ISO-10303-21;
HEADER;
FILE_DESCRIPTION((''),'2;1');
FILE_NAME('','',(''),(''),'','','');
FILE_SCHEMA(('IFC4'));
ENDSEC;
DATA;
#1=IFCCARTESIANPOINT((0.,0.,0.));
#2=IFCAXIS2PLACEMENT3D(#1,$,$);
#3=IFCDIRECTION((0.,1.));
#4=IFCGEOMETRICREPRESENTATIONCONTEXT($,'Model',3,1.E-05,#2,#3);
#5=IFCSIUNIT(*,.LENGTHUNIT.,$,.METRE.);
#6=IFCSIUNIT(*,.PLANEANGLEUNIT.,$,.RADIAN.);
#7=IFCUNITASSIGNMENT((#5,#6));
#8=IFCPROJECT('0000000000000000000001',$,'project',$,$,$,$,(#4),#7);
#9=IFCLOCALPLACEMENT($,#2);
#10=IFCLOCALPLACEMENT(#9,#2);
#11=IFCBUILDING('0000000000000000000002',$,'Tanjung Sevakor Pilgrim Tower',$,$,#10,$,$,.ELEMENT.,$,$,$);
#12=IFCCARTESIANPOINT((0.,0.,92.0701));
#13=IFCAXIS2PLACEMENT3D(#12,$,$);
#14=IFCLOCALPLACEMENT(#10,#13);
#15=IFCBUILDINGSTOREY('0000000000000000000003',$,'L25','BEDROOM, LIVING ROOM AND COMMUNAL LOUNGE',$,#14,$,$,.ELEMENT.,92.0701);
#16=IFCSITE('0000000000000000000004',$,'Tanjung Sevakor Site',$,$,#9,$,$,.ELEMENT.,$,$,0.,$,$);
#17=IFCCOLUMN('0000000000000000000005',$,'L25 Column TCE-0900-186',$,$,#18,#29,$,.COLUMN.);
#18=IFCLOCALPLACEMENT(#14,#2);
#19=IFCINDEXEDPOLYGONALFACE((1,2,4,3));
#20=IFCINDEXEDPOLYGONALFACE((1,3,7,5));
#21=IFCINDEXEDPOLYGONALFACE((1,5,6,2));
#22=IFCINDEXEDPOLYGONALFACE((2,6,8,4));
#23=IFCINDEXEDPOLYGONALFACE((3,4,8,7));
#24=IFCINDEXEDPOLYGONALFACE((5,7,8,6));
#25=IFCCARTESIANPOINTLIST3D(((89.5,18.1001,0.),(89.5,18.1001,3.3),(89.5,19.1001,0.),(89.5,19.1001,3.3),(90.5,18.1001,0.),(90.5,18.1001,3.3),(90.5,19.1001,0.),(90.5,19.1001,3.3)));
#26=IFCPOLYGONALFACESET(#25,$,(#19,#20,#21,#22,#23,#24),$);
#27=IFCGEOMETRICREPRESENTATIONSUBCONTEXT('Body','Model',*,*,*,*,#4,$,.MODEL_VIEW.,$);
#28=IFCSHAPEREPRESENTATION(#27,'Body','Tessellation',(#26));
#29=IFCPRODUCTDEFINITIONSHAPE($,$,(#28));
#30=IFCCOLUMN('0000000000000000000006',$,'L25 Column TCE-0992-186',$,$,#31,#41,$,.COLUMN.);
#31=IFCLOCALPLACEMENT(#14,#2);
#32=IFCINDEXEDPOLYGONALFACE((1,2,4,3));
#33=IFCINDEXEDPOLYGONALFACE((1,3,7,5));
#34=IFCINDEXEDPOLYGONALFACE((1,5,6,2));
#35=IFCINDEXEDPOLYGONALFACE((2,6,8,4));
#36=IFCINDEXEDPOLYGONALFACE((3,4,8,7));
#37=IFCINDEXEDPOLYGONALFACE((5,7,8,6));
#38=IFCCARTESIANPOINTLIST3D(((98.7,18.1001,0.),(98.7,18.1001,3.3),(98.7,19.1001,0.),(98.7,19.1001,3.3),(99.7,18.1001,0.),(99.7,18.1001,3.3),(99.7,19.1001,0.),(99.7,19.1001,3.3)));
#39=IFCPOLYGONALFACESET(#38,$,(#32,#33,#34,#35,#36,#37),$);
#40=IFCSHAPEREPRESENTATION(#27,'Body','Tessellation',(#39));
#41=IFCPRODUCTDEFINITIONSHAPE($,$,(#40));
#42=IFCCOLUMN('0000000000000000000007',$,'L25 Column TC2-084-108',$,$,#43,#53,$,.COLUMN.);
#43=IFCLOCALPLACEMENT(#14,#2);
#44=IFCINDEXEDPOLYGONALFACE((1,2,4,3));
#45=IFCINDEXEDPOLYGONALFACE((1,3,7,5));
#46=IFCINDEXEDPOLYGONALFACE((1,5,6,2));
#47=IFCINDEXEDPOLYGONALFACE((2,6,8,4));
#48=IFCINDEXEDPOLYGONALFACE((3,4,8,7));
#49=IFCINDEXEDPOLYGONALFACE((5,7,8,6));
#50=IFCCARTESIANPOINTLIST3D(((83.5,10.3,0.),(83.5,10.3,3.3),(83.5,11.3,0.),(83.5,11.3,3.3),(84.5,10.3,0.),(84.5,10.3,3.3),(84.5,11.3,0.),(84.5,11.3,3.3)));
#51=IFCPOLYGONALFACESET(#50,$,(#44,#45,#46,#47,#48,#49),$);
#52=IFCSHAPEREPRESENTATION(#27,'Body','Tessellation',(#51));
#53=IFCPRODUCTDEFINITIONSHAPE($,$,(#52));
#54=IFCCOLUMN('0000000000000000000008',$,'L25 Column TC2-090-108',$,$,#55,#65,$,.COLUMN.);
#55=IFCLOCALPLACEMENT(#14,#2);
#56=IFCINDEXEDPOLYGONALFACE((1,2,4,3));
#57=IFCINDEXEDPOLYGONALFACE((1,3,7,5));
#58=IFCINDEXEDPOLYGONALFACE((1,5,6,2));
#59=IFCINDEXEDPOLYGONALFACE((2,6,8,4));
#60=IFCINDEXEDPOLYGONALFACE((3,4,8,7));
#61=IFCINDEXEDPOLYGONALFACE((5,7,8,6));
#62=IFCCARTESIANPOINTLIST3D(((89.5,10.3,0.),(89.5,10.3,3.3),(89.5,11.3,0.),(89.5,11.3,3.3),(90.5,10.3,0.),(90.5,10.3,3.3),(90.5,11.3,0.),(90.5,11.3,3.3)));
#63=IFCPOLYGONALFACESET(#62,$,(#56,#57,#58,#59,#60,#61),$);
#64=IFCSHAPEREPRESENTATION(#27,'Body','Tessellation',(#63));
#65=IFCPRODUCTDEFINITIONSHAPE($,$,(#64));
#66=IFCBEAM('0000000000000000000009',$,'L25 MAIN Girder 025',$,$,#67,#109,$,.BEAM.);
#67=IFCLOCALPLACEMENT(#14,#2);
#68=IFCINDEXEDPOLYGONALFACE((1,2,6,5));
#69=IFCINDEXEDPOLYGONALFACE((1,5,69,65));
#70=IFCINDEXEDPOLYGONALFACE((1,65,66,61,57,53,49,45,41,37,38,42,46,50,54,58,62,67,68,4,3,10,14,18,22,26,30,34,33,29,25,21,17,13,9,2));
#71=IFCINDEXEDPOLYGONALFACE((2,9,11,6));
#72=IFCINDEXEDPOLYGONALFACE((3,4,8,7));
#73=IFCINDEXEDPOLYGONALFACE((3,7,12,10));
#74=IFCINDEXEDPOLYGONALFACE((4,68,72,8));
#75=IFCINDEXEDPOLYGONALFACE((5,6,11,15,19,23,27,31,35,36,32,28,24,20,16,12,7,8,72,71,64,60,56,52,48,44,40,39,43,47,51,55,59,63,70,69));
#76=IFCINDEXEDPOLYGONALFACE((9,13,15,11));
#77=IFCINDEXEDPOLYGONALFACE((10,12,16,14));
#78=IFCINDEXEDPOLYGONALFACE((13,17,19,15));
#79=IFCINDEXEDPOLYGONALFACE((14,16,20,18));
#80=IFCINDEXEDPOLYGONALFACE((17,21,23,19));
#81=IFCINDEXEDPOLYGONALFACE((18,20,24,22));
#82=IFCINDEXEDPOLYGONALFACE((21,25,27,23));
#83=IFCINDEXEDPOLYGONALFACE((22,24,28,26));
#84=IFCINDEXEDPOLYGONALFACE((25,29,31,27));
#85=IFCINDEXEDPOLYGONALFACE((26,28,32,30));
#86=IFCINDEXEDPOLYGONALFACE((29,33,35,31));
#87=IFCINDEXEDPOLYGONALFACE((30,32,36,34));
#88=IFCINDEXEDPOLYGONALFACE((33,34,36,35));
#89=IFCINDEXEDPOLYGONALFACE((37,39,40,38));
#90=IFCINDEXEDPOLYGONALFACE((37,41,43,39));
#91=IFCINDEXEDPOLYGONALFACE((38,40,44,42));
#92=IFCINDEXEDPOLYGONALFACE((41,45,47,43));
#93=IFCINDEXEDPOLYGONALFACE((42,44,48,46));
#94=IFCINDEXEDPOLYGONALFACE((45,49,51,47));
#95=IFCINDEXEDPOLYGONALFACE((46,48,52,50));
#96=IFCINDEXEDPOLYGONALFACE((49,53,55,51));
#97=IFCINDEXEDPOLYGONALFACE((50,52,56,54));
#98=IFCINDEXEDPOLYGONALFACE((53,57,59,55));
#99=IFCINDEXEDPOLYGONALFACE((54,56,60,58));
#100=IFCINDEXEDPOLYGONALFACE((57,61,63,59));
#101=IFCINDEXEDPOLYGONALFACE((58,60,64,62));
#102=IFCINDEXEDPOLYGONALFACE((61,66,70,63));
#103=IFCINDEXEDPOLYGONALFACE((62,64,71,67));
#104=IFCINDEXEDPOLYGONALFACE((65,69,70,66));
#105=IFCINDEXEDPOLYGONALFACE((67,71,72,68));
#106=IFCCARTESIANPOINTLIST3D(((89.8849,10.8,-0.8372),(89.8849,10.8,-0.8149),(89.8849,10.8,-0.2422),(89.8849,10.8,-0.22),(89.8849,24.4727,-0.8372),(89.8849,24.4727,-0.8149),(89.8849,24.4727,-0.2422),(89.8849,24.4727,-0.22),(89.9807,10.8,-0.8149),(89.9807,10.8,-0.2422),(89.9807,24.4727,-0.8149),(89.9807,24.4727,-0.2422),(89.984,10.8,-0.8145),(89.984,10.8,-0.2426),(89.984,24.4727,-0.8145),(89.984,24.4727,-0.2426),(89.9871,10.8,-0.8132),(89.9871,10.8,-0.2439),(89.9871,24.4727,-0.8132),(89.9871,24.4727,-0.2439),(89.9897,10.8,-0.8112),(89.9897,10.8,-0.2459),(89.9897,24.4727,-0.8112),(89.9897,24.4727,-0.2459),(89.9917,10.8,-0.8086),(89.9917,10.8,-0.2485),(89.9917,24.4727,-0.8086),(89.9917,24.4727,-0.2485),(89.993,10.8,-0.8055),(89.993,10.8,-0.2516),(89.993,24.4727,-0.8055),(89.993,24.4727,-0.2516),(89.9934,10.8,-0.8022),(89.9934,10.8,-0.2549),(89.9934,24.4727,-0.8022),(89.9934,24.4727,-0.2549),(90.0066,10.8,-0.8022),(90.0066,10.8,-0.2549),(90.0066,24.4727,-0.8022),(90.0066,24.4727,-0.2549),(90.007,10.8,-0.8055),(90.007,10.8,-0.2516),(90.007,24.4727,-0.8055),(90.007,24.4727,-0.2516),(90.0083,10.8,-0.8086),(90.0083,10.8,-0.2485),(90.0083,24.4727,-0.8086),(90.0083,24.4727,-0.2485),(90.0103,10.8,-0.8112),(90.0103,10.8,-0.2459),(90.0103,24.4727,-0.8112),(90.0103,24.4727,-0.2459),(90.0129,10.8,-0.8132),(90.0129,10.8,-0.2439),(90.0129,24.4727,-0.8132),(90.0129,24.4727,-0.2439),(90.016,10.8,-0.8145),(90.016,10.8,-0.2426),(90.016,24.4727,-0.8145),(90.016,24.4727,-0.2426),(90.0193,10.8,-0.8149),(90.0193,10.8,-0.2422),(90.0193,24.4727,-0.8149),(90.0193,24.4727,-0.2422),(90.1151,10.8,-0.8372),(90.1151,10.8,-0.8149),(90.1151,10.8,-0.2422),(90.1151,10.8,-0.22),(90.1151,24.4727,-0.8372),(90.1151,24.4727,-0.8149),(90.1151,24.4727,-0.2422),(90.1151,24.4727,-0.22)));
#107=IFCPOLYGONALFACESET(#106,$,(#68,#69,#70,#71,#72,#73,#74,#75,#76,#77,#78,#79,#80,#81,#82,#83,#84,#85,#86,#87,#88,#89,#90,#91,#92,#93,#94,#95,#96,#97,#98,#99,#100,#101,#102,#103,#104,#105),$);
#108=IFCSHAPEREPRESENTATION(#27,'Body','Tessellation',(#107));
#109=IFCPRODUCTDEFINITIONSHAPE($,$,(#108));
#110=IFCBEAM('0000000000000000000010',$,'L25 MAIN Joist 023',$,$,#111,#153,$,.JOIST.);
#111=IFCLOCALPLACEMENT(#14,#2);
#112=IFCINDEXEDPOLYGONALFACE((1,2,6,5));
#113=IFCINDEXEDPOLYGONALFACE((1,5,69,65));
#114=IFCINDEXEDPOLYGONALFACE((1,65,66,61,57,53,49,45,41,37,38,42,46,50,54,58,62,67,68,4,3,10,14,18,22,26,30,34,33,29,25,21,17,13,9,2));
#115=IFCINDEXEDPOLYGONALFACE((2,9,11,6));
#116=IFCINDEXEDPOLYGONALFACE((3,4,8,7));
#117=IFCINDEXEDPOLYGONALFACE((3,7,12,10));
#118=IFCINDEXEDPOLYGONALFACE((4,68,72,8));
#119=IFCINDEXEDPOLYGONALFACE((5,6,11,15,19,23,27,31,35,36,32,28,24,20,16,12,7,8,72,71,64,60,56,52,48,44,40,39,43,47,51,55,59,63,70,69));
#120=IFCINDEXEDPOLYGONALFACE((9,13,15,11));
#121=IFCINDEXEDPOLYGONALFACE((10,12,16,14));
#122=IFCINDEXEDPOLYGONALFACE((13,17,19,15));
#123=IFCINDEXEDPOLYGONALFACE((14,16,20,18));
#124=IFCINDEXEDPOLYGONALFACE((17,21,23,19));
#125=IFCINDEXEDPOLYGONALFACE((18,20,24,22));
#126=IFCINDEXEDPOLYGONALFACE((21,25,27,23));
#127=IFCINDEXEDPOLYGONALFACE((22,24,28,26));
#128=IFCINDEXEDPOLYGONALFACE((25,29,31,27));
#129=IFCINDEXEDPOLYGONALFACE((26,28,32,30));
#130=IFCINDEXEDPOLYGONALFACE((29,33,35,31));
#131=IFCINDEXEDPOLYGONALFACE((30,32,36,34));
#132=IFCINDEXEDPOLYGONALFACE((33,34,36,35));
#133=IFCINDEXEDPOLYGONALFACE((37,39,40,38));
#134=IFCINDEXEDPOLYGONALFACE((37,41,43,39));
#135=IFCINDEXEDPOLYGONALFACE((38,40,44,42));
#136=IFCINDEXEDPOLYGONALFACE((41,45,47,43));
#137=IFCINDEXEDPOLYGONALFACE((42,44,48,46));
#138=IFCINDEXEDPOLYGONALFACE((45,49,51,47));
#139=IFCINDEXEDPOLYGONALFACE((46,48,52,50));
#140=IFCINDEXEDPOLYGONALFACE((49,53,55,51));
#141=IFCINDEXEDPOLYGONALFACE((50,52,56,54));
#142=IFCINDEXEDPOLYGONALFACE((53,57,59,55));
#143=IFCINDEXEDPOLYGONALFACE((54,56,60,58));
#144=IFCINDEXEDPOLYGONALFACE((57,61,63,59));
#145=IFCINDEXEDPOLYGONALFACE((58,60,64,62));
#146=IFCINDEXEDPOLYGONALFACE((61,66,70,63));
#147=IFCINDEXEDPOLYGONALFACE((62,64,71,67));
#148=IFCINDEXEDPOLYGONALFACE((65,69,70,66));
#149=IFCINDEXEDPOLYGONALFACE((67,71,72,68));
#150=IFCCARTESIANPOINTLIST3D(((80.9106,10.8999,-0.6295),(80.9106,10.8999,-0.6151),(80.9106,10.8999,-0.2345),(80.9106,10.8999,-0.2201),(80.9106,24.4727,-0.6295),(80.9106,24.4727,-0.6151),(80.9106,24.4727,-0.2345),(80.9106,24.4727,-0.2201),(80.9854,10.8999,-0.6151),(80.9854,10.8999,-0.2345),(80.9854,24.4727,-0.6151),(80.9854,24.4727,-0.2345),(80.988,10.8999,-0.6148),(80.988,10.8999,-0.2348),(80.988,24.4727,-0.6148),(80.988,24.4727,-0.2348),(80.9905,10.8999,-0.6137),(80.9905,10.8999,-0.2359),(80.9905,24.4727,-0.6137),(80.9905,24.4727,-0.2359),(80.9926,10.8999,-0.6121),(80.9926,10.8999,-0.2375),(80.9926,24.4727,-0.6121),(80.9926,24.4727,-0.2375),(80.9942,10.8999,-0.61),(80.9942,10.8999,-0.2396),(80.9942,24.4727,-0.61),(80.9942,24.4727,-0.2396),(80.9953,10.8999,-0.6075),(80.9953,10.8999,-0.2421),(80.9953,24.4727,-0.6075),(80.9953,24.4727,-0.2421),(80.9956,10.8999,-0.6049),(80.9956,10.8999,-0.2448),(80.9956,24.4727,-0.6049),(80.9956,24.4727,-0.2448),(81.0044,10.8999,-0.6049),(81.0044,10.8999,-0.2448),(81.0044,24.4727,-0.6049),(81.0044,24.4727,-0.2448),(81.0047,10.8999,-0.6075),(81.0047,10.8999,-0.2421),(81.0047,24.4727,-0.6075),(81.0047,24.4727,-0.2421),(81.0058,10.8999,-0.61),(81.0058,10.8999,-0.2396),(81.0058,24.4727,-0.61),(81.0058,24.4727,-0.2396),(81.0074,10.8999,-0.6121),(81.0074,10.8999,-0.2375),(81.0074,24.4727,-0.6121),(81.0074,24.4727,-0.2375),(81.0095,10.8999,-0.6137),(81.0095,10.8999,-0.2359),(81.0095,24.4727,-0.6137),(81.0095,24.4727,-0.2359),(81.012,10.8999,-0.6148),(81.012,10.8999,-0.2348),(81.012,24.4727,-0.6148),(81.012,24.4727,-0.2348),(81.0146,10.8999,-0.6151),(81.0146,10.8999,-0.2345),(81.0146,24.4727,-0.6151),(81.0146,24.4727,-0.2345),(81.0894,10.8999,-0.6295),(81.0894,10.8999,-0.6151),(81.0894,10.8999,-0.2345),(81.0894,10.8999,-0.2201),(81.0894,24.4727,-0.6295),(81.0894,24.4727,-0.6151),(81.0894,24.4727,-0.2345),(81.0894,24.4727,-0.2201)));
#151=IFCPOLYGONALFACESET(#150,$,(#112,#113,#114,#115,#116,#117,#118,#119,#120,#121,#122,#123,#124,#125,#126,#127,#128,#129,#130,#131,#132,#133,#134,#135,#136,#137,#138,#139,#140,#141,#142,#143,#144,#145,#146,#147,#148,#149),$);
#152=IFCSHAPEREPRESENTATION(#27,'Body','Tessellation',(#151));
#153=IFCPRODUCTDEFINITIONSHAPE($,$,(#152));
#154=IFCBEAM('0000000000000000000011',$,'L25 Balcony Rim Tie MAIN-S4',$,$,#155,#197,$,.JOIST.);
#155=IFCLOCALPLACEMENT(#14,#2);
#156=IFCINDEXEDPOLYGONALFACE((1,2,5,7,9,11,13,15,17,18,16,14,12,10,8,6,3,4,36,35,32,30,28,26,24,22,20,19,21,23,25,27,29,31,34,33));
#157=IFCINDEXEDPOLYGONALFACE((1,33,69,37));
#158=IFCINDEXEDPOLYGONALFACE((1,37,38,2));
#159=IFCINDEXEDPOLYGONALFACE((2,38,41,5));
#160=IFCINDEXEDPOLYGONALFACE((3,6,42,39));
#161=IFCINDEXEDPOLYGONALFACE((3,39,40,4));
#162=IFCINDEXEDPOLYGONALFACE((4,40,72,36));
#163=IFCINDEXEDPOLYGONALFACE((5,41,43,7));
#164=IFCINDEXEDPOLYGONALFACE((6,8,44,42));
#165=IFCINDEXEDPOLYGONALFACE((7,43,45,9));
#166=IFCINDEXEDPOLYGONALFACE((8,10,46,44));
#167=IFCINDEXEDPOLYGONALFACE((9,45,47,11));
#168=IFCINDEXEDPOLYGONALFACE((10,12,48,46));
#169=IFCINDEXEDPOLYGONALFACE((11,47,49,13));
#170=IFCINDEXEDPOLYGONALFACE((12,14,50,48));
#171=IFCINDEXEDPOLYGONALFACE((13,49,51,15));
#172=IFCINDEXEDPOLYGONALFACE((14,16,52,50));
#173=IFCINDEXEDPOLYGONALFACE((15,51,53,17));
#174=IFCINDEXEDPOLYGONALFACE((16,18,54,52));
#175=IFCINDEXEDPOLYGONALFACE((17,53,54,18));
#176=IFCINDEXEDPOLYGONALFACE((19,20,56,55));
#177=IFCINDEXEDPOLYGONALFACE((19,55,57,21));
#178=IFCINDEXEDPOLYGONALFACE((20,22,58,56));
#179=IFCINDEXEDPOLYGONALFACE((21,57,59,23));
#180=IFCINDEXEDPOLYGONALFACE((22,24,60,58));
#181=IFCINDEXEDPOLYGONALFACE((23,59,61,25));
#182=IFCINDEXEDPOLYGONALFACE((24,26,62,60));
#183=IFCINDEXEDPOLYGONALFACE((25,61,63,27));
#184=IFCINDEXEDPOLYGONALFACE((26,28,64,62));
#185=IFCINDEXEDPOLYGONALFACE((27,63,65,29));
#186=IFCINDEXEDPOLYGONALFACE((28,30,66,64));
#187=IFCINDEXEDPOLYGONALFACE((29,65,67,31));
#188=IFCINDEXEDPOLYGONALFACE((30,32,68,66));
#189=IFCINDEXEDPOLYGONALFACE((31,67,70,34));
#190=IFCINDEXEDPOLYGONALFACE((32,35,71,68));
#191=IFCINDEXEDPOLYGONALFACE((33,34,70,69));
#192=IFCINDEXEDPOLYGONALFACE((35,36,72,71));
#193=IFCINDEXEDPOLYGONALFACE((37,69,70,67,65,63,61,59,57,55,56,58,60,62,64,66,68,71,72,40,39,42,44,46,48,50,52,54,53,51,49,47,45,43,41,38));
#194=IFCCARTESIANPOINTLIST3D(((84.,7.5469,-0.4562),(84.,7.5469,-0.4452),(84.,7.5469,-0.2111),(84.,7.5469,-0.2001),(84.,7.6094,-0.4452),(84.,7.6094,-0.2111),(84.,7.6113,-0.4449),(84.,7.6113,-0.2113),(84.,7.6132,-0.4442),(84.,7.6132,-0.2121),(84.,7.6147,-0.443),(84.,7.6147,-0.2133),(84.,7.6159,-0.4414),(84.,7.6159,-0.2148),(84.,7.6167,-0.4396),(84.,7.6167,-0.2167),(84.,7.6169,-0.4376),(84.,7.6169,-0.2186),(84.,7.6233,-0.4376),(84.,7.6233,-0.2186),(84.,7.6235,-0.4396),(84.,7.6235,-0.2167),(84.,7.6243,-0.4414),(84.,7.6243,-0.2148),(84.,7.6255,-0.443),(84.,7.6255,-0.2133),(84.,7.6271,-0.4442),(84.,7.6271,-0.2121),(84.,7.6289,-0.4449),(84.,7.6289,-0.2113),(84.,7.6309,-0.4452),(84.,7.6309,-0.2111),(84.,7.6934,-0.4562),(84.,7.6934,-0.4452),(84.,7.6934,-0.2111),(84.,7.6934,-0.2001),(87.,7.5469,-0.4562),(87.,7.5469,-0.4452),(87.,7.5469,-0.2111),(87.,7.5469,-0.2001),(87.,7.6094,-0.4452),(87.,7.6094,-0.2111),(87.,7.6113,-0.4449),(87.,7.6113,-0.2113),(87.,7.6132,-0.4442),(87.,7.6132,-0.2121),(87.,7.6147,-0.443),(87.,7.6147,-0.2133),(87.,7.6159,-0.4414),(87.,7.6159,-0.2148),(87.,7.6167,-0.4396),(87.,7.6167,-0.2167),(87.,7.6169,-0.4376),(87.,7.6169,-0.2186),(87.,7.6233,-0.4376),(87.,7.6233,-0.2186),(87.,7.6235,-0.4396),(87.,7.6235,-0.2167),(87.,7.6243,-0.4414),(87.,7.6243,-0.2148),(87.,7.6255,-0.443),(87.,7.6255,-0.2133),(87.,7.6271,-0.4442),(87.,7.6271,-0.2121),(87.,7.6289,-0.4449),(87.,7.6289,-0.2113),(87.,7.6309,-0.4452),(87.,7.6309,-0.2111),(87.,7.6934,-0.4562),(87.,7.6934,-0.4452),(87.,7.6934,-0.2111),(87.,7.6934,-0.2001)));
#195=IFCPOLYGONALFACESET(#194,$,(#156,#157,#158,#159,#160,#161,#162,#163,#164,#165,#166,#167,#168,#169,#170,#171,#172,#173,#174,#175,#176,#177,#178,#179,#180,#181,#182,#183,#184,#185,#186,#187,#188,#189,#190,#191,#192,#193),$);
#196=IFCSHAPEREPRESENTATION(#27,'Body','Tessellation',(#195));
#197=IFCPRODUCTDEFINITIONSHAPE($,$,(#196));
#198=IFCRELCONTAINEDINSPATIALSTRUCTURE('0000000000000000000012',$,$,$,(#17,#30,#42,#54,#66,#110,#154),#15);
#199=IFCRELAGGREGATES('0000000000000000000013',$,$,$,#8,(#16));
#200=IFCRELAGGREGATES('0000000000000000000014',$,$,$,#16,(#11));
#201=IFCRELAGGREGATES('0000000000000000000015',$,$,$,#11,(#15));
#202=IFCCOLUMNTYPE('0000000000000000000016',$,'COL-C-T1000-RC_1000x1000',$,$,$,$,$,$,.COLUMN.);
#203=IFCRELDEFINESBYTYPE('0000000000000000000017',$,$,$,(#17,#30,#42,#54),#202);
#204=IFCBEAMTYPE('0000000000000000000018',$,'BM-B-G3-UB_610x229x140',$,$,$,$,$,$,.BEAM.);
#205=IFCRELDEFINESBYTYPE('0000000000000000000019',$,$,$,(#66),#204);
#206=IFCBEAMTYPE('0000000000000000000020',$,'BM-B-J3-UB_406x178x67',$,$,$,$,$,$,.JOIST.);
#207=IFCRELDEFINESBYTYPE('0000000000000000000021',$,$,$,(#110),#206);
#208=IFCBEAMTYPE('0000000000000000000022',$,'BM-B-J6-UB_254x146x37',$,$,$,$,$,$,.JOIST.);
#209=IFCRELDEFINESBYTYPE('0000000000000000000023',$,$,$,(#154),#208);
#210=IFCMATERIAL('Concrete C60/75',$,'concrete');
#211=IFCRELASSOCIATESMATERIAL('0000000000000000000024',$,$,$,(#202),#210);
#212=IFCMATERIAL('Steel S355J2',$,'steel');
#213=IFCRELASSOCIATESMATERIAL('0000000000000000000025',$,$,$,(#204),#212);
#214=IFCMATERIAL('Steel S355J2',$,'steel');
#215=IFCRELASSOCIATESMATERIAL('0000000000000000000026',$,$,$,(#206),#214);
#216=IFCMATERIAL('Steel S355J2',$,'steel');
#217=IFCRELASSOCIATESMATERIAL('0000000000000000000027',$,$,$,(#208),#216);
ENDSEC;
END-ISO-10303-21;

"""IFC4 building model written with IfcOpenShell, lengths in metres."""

from ifc_helpers import new_model, si_unit, direction, frame, origin, origin_2d, place, context, subcontext, project, spatial, rectangle, i_section, extrude, material, material_profile, profile_set, type_object, element, save


model = new_model("IFC4")

# Units and contexts
model_context = context("Model", 3, precision=1e-05, world=origin(), true_north=direction((0.0, 1.0)))
body_context = subcontext(model_context, "Body", "Model", "MODEL_VIEW")
ifc_project = project(units=[si_unit("LENGTHUNIT", "METRE"), si_unit("PLANEANGLEUNIT", "RADIAN")], contexts=[model_context])

# Site, building, storey
site_placement = place(None, origin())
site = spatial("IfcSite", under=ifc_project, at=site_placement, Name="Tanjung Sevakor Site", CompositionType="ELEMENT", RefElevation=0.0)
building_placement = place(site_placement, origin())
building = spatial("IfcBuilding", under=site, at=building_placement, Name="Tanjung Sevakor Pilgrim Tower", CompositionType="ELEMENT")
storey_placement = place(building_placement, frame((0.0, 0.0, 92.0701)))
storey = spatial("IfcBuildingStorey", under=building, at=storey_placement, Name="L25", Description="BEDROOM, LIVING ROOM AND COMMUNAL LOUNGE", CompositionType="ELEMENT", Elevation=92.0701)

# Columns
ifc_material_1 = material(Name="Concrete C60/75", Category="concrete")
ifc_material_profile_1 = material_profile(ifc_material_1, rectangle(XDim=1.0, YDim=1.0, at=origin_2d()))
ifc_profile_set_1 = profile_set([ifc_material_profile_1], Name="Concrete C60/75")
column_type = type_object("IfcColumnType", Name="COL-C-T1000-RC_1000x1000", PredefinedType="COLUMN", material=ifc_profile_set_1)
for number, where, z_axis, x_axis, name in (
    (1, (90.0, 18.6001, 0.0), (0.0, 0.0, 1.0), (1.0, 0.0, 0.0), "L25 Column TCE-0900-186"),
    (2, (99.2, 18.6001, 0.0), (0.0, 0.0, 1.0), (1.0, 0.0, 0.0), "L25 Column TCE-0992-186"),
    (3, (84.0, 10.8, 0.0), (0.0, 0.0, 1.0), (1.0, 0.0, 0.0), "L25 Column TC2-084-108"),
    (4, (90.0, 10.8, 0.0), (0.0, 0.0, 1.0), (1.0, 0.0, 0.0), "L25 Column TC2-090-108"),
):
    element("IfcColumn", number, at=place(storey_placement, frame(where, z_axis=z_axis, x_axis=x_axis)), inside=storey, type_object=column_type, Name=name, PredefinedType="COLUMN", context=body_context, shape_type="SweptSolid", body=[
        extrude(rectangle(XDim=1.0, YDim=1.0, at=origin_2d()), origin(), (0.0, 0.0, 1.0), 3.3),
    ])

# Beams
ifc_material_2 = material(Name="Steel S355J2", Category="steel")
ifc_material_profile_2 = material_profile(ifc_material_2, i_section(OverallWidth=0.2302, OverallDepth=0.6172, WebThickness=0.0132, FlangeThickness=0.0222, FilletRadius=0.0127, at=origin_2d()))
ifc_profile_set_2 = profile_set([ifc_material_profile_2], Name="Steel S355J2")
beam_type_1 = type_object("IfcBeamType", Name="BM-B-G3-UB_610x229x140", PredefinedType="BEAM", material=ifc_profile_set_2)
beam_1_placement = place(storey_placement, frame((90.0, 10.8, -0.5286), z_axis=(0.0, 1.0, 0.0), x_axis=(-1.0, 0.0, 0.0)))
element("IfcBeam", 5, at=beam_1_placement, inside=storey, type_object=beam_type_1, Name="L25 MAIN Girder 025", PredefinedType="BEAM", context=body_context, shape_type="SweptSolid", body=[
    extrude(i_section(OverallWidth=0.2302, OverallDepth=0.6172, WebThickness=0.0132, FlangeThickness=0.0222, FilletRadius=0.0127, at=origin_2d()), origin(), (0.0, 0.0, 1.0), 13.6726),
])
ifc_material_3 = material(Name="Steel S355J2", Category="steel")
ifc_material_profile_3 = material_profile(ifc_material_3, i_section(OverallWidth=0.1787, OverallDepth=0.4094, WebThickness=0.0088, FlangeThickness=0.0144, FilletRadius=0.0103, at=origin_2d()))
ifc_profile_set_3 = profile_set([ifc_material_profile_3], Name="Steel S355J2")
beam_type_2 = type_object("IfcBeamType", Name="BM-B-J3-UB_406x178x67", PredefinedType="JOIST", material=ifc_profile_set_3)
beam_2_placement = place(storey_placement, frame((81.0, 10.8999, -0.4248), z_axis=(0.0, 1.0, 0.0), x_axis=(-1.0, 0.0, 0.0)))
element("IfcBeam", 6, at=beam_2_placement, inside=storey, type_object=beam_type_2, Name="L25 MAIN Joist 023", PredefinedType="JOIST", context=body_context, shape_type="SweptSolid", body=[
    extrude(i_section(OverallWidth=0.1787, OverallDepth=0.4094, WebThickness=0.0088, FlangeThickness=0.0144, FilletRadius=0.0103, at=origin_2d()), origin(), (0.0, 0.0, 1.0), 13.5728),
])
ifc_material_4 = material(Name="Steel S355J2", Category="steel")
ifc_material_profile_4 = material_profile(ifc_material_4, i_section(OverallWidth=0.1465, OverallDepth=0.2561, WebThickness=0.0063, FlangeThickness=0.011, FilletRadius=0.0076, at=origin_2d()))
ifc_profile_set_4 = profile_set([ifc_material_profile_4], Name="Steel S355J2")
beam_type_3 = type_object("IfcBeamType", Name="BM-B-J6-UB_254x146x37", PredefinedType="JOIST", material=ifc_profile_set_4)
beam_3_placement = place(storey_placement, frame((84.0, 7.6201, -0.3281), z_axis=(1.0, 0.0, 0.0), x_axis=(0.0, 1.0, 0.0)))
element("IfcBeam", 7, at=beam_3_placement, inside=storey, type_object=beam_type_3, Name="L25 Balcony Rim Tie MAIN-S4", PredefinedType="JOIST", context=body_context, shape_type="SweptSolid", body=[
    extrude(i_section(OverallWidth=0.1465, OverallDepth=0.2561, WebThickness=0.0063, FlangeThickness=0.011, FilletRadius=0.0076, at=origin_2d()), origin(), (0.0, 0.0, 1.0), 3.0),
])

save(model, "model.ifc")
